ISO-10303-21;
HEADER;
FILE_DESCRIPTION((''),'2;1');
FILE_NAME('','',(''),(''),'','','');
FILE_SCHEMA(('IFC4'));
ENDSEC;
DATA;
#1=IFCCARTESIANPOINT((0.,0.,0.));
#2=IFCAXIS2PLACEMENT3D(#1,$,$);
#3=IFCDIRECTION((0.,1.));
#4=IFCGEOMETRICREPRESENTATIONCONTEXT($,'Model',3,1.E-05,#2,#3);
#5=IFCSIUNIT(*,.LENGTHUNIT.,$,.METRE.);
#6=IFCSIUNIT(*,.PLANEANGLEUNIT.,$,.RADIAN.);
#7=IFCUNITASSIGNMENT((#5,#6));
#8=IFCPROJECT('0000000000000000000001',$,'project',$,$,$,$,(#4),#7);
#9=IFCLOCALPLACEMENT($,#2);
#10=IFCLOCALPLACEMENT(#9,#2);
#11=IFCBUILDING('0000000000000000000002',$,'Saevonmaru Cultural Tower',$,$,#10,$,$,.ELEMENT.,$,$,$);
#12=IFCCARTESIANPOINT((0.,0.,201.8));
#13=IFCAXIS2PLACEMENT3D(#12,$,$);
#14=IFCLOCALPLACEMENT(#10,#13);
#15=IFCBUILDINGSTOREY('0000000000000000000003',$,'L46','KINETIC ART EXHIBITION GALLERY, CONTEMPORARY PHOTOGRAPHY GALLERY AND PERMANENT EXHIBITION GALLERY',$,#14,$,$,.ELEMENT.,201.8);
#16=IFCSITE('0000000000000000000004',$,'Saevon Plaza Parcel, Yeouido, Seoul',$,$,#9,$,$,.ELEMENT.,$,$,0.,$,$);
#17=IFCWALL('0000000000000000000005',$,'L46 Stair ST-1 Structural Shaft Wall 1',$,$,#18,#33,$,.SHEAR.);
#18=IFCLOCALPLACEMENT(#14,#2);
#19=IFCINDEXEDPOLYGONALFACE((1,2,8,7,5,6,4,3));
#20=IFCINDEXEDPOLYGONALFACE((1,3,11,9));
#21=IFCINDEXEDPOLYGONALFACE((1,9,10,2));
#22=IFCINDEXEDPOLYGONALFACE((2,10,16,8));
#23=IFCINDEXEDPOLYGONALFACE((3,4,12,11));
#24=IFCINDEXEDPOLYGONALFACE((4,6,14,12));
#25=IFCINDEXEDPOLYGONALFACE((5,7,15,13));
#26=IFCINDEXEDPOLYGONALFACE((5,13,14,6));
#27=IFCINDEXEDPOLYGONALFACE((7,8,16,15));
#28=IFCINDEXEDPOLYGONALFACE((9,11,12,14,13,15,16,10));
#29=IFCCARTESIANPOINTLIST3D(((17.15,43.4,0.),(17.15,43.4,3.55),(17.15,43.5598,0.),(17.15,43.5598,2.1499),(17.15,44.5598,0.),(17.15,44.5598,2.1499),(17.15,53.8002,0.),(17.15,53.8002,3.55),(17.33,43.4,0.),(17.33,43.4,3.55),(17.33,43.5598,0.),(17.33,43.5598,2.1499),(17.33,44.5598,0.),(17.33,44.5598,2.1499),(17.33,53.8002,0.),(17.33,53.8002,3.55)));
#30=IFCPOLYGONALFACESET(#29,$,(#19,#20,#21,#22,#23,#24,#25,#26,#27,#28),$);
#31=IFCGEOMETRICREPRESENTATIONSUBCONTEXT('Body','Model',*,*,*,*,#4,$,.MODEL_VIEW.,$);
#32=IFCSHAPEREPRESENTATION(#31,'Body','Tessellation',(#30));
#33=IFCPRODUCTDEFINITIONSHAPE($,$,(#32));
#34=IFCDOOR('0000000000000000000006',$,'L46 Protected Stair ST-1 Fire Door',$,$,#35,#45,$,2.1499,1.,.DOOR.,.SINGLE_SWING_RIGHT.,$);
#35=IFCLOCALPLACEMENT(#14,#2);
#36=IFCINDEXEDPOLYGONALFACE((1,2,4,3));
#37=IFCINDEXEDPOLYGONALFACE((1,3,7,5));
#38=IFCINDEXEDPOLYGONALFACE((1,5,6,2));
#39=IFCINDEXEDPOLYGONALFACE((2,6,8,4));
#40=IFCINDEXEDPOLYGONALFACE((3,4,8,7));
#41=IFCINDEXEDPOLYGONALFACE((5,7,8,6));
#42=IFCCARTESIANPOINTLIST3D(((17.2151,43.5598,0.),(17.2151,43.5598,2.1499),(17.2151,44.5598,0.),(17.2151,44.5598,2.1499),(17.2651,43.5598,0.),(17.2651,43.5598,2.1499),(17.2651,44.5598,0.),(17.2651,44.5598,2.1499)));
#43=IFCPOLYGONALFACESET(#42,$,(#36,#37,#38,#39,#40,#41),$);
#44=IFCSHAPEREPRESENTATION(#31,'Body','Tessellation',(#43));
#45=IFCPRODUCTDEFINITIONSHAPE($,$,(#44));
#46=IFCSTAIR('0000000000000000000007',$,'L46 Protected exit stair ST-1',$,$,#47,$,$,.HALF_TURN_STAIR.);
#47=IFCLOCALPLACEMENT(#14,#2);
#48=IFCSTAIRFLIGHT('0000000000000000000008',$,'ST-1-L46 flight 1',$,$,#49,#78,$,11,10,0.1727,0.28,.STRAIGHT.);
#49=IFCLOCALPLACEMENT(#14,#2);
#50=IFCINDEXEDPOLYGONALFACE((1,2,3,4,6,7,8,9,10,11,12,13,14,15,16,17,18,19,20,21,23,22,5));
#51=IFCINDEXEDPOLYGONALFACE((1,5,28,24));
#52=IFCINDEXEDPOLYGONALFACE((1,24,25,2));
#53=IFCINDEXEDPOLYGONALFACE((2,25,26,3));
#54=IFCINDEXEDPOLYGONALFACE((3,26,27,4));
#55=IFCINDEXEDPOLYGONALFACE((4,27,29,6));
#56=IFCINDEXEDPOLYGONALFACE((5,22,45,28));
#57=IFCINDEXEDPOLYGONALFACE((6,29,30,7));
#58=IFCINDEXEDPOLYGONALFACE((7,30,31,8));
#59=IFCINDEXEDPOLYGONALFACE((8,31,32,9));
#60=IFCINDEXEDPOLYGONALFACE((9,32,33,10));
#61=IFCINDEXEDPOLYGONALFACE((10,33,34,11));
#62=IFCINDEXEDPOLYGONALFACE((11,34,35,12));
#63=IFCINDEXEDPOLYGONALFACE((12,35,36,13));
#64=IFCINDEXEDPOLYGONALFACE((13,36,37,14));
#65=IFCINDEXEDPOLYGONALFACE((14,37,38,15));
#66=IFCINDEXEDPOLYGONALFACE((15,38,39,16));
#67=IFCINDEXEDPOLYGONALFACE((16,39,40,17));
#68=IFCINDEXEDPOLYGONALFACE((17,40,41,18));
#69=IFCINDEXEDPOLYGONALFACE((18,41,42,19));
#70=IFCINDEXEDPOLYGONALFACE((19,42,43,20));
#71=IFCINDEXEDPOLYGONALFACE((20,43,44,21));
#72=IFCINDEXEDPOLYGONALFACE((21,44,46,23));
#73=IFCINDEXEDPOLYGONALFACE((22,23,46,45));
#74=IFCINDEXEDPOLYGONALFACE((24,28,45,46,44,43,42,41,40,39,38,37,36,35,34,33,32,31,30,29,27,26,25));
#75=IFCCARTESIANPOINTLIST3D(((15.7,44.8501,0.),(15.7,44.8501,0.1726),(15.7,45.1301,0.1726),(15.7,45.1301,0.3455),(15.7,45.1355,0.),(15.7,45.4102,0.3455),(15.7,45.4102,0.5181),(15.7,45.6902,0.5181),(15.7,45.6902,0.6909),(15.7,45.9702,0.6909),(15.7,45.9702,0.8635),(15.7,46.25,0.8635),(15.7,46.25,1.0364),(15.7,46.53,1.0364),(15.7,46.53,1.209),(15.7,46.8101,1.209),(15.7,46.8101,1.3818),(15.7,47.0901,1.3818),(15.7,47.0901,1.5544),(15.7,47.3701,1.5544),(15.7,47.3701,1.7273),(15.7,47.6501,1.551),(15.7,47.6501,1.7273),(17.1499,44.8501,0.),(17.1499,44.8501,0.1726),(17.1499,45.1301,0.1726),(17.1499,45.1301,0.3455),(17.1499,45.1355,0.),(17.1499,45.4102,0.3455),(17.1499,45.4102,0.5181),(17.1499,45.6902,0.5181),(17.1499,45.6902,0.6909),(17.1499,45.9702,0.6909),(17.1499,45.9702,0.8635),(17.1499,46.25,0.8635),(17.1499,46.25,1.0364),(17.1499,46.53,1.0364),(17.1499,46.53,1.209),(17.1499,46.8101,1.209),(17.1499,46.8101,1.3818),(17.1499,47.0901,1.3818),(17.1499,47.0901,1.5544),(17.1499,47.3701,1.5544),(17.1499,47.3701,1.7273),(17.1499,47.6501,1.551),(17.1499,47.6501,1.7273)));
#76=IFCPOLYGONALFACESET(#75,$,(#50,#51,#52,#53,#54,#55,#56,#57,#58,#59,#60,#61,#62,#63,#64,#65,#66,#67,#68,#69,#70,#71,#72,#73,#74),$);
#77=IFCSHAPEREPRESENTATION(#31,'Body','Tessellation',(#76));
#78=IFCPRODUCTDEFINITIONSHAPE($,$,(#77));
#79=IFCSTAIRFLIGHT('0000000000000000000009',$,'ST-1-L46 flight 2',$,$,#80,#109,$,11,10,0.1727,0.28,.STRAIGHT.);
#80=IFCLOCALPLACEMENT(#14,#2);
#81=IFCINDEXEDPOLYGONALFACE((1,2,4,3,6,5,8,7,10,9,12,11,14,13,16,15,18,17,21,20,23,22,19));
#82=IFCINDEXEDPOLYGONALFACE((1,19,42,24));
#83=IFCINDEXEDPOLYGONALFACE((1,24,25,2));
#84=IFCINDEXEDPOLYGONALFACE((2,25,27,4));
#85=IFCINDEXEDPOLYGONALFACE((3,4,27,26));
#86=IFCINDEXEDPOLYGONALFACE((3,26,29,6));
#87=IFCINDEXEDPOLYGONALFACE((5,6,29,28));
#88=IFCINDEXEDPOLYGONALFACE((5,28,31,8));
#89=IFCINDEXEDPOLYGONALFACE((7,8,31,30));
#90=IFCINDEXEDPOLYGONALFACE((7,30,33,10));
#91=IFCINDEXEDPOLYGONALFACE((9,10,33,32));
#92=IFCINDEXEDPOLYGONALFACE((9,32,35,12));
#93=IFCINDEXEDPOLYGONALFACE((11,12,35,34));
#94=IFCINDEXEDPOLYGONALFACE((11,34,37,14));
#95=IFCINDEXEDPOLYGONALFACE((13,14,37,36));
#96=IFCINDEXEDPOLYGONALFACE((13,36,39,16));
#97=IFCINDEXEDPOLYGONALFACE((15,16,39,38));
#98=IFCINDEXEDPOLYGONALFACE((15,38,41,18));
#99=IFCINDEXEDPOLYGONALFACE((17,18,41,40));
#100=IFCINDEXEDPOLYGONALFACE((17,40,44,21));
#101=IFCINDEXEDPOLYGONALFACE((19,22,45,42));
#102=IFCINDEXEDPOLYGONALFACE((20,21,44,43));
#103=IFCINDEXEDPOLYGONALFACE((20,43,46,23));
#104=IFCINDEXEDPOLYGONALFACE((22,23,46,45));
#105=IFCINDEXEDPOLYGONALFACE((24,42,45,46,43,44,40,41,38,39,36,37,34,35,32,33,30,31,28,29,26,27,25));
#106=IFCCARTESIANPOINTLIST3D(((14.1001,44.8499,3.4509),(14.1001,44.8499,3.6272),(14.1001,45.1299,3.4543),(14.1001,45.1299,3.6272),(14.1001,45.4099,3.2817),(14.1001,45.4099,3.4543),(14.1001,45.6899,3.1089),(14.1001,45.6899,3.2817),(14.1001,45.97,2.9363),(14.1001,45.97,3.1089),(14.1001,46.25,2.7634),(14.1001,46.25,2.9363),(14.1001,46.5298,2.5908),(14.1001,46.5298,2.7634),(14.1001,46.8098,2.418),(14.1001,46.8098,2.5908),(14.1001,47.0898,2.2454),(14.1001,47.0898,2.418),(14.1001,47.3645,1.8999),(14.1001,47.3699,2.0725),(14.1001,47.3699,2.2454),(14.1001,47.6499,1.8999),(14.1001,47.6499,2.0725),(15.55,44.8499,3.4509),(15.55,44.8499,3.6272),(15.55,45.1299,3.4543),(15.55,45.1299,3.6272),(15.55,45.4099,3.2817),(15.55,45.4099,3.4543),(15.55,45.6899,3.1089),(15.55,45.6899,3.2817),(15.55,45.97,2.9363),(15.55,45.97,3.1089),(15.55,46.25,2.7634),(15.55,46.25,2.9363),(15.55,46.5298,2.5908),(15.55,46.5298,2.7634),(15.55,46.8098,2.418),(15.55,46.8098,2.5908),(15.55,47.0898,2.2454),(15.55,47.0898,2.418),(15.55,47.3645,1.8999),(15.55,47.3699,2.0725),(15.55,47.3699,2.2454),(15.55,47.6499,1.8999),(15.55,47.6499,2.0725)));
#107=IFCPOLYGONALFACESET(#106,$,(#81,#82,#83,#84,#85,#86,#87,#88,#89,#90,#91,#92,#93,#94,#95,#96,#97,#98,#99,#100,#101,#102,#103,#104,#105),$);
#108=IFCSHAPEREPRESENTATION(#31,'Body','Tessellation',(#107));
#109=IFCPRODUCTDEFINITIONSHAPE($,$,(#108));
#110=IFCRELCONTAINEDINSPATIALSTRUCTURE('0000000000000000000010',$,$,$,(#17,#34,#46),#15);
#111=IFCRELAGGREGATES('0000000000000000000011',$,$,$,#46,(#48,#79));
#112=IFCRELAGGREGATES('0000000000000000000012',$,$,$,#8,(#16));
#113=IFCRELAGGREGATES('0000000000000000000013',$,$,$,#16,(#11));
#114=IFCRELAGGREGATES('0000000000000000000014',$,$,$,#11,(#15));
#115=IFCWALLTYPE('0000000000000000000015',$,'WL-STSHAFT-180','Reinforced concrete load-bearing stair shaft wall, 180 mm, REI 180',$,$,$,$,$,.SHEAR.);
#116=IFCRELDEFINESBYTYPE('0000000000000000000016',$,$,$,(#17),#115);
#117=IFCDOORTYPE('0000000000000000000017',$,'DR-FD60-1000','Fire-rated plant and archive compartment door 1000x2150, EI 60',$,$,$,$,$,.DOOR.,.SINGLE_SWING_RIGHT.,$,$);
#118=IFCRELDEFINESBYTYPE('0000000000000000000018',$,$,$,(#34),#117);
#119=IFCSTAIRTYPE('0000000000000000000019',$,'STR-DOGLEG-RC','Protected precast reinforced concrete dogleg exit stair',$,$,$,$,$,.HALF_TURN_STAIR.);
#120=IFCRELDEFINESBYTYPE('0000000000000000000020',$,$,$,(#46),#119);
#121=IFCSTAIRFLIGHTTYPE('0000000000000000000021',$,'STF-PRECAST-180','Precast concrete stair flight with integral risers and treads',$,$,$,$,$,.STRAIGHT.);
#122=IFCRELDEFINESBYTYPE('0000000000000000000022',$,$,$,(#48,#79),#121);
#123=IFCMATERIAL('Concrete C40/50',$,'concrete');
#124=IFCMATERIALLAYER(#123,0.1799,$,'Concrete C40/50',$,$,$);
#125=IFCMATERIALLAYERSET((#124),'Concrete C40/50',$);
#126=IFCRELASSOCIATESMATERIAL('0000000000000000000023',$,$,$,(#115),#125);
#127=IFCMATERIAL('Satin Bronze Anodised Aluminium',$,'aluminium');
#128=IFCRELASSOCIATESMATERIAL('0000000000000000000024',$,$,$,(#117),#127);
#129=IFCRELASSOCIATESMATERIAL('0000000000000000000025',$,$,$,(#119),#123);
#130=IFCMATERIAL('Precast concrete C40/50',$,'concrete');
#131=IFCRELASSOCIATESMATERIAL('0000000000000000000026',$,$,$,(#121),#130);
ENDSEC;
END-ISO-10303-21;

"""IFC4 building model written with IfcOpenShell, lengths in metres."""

from ifc_helpers import new_model, si_unit, direction, frame, frame_2d, origin, place, context, subcontext, project, spatial, polyline, rectangle, outline, extrude, material, layer, layer_set, type_object, element, fill, aggregate, save


model = new_model("IFC4")

# Units and contexts
model_context = context("Model", 3, precision=1e-05, world=origin(), true_north=direction((0.0, 1.0)))
body_context = subcontext(model_context, "Body", "Model", "MODEL_VIEW")
ifc_project = project(units=[si_unit("LENGTHUNIT", "METRE"), si_unit("PLANEANGLEUNIT", "RADIAN")], contexts=[model_context])

# Site, building, storey
site_placement = place(None, origin())
site = spatial("IfcSite", under=ifc_project, at=site_placement, Name="Saevon Plaza Parcel, Yeouido, Seoul", CompositionType="ELEMENT", RefElevation=0.0)
building_placement = place(site_placement, origin())
building = spatial("IfcBuilding", under=site, at=building_placement, Name="Saevonmaru Cultural Tower", CompositionType="ELEMENT")
storey_placement = place(building_placement, frame((0.0, 0.0, 201.8)))
storey = spatial("IfcBuildingStorey", under=building, at=storey_placement, Name="L46", Description="KINETIC ART EXHIBITION GALLERY, CONTEMPORARY PHOTOGRAPHY GALLERY AND PERMANENT EXHIBITION GALLERY", CompositionType="ELEMENT", Elevation=201.8)

# Shared definitions
ifc_material_1 = material(Name="Satin Bronze Anodised Aluminium", Category="aluminium")

# Shared definitions
ifc_material_2 = material(Name="Concrete C40/50", Category="concrete")

# Wall, opening, door
ifc_layer_1 = layer(ifc_material_2, 0.1799, Name="Concrete C40/50")
ifc_layer_set_1 = layer_set([ifc_layer_1], Name="Concrete C40/50")
wall_type_1 = type_object("IfcWallType", Name="WL-STSHAFT-180", Description="Reinforced concrete load-bearing stair shaft wall, 180 mm, REI 180", PredefinedType="SHEAR", material=ifc_layer_set_1)
wall_1_placement = place(storey_placement, frame((17.24, 43.3999, 0.0), z_axis=(0.0, 0.0, 1.0), x_axis=(0.0, 1.0, 0.0)))
wall_1 = element("IfcWall", 1, at=wall_1_placement, inside=storey, type_object=wall_type_1, Name="L46 Stair ST-1 Structural Shaft Wall 1", PredefinedType="SHEAR", context=body_context, shape_type="SweptSolid", body=[
    extrude(rectangle(XDim=10.4001, YDim=0.1799, at=frame_2d((5.2002, 0.0))), origin(), (0.0, 0.0, 1.0), 3.55),
])
opening_1_placement = place(wall_1_placement, frame((0.1599, 0.0, 0.0)))
opening_1 = element("IfcOpeningElement", 2, at=opening_1_placement, cuts=wall_1, PredefinedType="OPENING", context=body_context, shape_type="SweptSolid", body=[
    extrude(rectangle(XDim=1.0, YDim=2.1499, at=frame_2d((0.5, 1.075))), frame((0.0, 0.1001, 0.0), z_axis=(0.0, -1.0, 0.0), x_axis=(1.0, 0.0, 0.0)), (0.0, 0.0, 1.0), 0.2),
])
door_type_1 = type_object("IfcDoorType", Name="DR-FD60-1000", Description="Fire-rated plant and archive compartment door 1000x2150, EI 60", OperationType="SINGLE_SWING_RIGHT", PredefinedType="DOOR", material=ifc_material_1)
door_1_placement = place(opening_1_placement, origin())
door_1 = element("IfcDoor", 3, at=door_1_placement, inside=storey, type_object=door_type_1, Name="L46 Protected Stair ST-1 Fire Door", OperationType="SINGLE_SWING_RIGHT", OverallHeight=2.1499, OverallWidth=1.0, PredefinedType="DOOR", context=body_context, shape_type="SweptSolid", body=[
    extrude(rectangle(XDim=1.0, YDim=2.1499, at=frame_2d((0.5, 1.075))), frame((0.0, 0.0249, 0.0), z_axis=(0.0, -1.0, 0.0), x_axis=(1.0, 0.0, 0.0)), (0.0, 0.0, 1.0), 0.05),
])
fill(opening_1, door_1)

# Stair, stair flights
stair_type = type_object("IfcStairType", Name="STR-DOGLEG-RC", Description="Protected precast reinforced concrete dogleg exit stair", PredefinedType="HALF_TURN_STAIR", material=ifc_material_2)
stair_placement = place(storey_placement, origin())
stair = element("IfcStair", 4, at=stair_placement, inside=storey, type_object=stair_type, Name="L46 Protected exit stair ST-1", PredefinedType="HALF_TURN_STAIR")
ifc_material_3 = material(Name="Precast concrete C40/50", Category="concrete")
stair_flight_type = type_object("IfcStairFlightType", Name="STF-PRECAST-180", Description="Precast concrete stair flight with integral risers and treads", PredefinedType="STRAIGHT", material=ifc_material_3)
stair_flight_1_placement = place(storey_placement, frame((16.425, 44.8501, 0.0), z_axis=(0.0, 0.0, 1.0), x_axis=(0.0, 1.0, 0.0)))
stair_flight_1 = element("IfcStairFlight", 5, at=stair_flight_1_placement, type_object=stair_flight_type, Name="ST-1-L46 flight 1", NumberOfRisers=11, NumberOfTreads=10, PredefinedType="STRAIGHT", RiserHeight=0.1727, TreadLength=0.28, context=body_context, shape_type="SweptSolid", body=[
    extrude(outline(polyline([(0.0, 0.0), (0.0, 0.1726), (0.28, 0.1726), (0.28, 0.3455), (0.5601, 0.3455), (0.5601, 0.5181), (0.8401, 0.5181), (0.8401, 0.6909), (1.1201, 0.6909), (1.1201, 0.8635), (1.3999, 0.8635), (1.3999, 1.0364), (1.6799, 1.0364), (1.6799, 1.209), (1.96, 1.209), (1.96, 1.3818), (2.24, 1.3818), (2.24, 1.5544), (2.52, 1.5544), (2.52, 1.7273), (2.8, 1.7273), (2.8, 1.8999), (2.8, 1.551), (0.2854, 0.0), (0.0, 0.0)])), frame((0.0, 0.7251, 0.0), z_axis=(0.0, -1.0, 0.0), x_axis=(1.0, 0.0, 0.0)), (0.0, 0.0, 1.0), 1.45),
])
stair_flight_2_placement = place(storey_placement, frame((14.825, 47.6499, 1.8999), z_axis=(0.0, 0.0, 1.0), x_axis=(0.0, -1.0, 0.0)))
stair_flight_2 = element("IfcStairFlight", 6, at=stair_flight_2_placement, type_object=stair_flight_type, Name="ST-1-L46 flight 2", NumberOfRisers=11, NumberOfTreads=10, PredefinedType="STRAIGHT", RiserHeight=0.1727, TreadLength=0.28, context=body_context, shape_type="SweptSolid", body=[
    extrude(outline(polyline([(0.0, 0.0), (0.0, 0.1726), (0.28, 0.1726), (0.28, 0.3455), (0.5601, 0.3455), (0.5601, 0.5181), (0.8401, 0.5181), (0.8401, 0.6909), (1.1201, 0.6909), (1.1201, 0.8635), (1.3999, 0.8635), (1.3999, 1.0364), (1.6799, 1.0364), (1.6799, 1.209), (1.96, 1.209), (1.96, 1.3818), (2.24, 1.3818), (2.24, 1.5544), (2.52, 1.5544), (2.52, 1.7273), (2.8, 1.7273), (2.8, 1.8999), (2.8, 1.551), (0.2854, 0.0), (0.0, 0.0)])), frame((0.0, 0.7251, 0.0), z_axis=(0.0, -1.0, 0.0), x_axis=(1.0, 0.0, 0.0)), (0.0, 0.0, 1.0), 1.45),
])
aggregate(stair, [stair_flight_1, stair_flight_2])

save(model, "model.ifc")
